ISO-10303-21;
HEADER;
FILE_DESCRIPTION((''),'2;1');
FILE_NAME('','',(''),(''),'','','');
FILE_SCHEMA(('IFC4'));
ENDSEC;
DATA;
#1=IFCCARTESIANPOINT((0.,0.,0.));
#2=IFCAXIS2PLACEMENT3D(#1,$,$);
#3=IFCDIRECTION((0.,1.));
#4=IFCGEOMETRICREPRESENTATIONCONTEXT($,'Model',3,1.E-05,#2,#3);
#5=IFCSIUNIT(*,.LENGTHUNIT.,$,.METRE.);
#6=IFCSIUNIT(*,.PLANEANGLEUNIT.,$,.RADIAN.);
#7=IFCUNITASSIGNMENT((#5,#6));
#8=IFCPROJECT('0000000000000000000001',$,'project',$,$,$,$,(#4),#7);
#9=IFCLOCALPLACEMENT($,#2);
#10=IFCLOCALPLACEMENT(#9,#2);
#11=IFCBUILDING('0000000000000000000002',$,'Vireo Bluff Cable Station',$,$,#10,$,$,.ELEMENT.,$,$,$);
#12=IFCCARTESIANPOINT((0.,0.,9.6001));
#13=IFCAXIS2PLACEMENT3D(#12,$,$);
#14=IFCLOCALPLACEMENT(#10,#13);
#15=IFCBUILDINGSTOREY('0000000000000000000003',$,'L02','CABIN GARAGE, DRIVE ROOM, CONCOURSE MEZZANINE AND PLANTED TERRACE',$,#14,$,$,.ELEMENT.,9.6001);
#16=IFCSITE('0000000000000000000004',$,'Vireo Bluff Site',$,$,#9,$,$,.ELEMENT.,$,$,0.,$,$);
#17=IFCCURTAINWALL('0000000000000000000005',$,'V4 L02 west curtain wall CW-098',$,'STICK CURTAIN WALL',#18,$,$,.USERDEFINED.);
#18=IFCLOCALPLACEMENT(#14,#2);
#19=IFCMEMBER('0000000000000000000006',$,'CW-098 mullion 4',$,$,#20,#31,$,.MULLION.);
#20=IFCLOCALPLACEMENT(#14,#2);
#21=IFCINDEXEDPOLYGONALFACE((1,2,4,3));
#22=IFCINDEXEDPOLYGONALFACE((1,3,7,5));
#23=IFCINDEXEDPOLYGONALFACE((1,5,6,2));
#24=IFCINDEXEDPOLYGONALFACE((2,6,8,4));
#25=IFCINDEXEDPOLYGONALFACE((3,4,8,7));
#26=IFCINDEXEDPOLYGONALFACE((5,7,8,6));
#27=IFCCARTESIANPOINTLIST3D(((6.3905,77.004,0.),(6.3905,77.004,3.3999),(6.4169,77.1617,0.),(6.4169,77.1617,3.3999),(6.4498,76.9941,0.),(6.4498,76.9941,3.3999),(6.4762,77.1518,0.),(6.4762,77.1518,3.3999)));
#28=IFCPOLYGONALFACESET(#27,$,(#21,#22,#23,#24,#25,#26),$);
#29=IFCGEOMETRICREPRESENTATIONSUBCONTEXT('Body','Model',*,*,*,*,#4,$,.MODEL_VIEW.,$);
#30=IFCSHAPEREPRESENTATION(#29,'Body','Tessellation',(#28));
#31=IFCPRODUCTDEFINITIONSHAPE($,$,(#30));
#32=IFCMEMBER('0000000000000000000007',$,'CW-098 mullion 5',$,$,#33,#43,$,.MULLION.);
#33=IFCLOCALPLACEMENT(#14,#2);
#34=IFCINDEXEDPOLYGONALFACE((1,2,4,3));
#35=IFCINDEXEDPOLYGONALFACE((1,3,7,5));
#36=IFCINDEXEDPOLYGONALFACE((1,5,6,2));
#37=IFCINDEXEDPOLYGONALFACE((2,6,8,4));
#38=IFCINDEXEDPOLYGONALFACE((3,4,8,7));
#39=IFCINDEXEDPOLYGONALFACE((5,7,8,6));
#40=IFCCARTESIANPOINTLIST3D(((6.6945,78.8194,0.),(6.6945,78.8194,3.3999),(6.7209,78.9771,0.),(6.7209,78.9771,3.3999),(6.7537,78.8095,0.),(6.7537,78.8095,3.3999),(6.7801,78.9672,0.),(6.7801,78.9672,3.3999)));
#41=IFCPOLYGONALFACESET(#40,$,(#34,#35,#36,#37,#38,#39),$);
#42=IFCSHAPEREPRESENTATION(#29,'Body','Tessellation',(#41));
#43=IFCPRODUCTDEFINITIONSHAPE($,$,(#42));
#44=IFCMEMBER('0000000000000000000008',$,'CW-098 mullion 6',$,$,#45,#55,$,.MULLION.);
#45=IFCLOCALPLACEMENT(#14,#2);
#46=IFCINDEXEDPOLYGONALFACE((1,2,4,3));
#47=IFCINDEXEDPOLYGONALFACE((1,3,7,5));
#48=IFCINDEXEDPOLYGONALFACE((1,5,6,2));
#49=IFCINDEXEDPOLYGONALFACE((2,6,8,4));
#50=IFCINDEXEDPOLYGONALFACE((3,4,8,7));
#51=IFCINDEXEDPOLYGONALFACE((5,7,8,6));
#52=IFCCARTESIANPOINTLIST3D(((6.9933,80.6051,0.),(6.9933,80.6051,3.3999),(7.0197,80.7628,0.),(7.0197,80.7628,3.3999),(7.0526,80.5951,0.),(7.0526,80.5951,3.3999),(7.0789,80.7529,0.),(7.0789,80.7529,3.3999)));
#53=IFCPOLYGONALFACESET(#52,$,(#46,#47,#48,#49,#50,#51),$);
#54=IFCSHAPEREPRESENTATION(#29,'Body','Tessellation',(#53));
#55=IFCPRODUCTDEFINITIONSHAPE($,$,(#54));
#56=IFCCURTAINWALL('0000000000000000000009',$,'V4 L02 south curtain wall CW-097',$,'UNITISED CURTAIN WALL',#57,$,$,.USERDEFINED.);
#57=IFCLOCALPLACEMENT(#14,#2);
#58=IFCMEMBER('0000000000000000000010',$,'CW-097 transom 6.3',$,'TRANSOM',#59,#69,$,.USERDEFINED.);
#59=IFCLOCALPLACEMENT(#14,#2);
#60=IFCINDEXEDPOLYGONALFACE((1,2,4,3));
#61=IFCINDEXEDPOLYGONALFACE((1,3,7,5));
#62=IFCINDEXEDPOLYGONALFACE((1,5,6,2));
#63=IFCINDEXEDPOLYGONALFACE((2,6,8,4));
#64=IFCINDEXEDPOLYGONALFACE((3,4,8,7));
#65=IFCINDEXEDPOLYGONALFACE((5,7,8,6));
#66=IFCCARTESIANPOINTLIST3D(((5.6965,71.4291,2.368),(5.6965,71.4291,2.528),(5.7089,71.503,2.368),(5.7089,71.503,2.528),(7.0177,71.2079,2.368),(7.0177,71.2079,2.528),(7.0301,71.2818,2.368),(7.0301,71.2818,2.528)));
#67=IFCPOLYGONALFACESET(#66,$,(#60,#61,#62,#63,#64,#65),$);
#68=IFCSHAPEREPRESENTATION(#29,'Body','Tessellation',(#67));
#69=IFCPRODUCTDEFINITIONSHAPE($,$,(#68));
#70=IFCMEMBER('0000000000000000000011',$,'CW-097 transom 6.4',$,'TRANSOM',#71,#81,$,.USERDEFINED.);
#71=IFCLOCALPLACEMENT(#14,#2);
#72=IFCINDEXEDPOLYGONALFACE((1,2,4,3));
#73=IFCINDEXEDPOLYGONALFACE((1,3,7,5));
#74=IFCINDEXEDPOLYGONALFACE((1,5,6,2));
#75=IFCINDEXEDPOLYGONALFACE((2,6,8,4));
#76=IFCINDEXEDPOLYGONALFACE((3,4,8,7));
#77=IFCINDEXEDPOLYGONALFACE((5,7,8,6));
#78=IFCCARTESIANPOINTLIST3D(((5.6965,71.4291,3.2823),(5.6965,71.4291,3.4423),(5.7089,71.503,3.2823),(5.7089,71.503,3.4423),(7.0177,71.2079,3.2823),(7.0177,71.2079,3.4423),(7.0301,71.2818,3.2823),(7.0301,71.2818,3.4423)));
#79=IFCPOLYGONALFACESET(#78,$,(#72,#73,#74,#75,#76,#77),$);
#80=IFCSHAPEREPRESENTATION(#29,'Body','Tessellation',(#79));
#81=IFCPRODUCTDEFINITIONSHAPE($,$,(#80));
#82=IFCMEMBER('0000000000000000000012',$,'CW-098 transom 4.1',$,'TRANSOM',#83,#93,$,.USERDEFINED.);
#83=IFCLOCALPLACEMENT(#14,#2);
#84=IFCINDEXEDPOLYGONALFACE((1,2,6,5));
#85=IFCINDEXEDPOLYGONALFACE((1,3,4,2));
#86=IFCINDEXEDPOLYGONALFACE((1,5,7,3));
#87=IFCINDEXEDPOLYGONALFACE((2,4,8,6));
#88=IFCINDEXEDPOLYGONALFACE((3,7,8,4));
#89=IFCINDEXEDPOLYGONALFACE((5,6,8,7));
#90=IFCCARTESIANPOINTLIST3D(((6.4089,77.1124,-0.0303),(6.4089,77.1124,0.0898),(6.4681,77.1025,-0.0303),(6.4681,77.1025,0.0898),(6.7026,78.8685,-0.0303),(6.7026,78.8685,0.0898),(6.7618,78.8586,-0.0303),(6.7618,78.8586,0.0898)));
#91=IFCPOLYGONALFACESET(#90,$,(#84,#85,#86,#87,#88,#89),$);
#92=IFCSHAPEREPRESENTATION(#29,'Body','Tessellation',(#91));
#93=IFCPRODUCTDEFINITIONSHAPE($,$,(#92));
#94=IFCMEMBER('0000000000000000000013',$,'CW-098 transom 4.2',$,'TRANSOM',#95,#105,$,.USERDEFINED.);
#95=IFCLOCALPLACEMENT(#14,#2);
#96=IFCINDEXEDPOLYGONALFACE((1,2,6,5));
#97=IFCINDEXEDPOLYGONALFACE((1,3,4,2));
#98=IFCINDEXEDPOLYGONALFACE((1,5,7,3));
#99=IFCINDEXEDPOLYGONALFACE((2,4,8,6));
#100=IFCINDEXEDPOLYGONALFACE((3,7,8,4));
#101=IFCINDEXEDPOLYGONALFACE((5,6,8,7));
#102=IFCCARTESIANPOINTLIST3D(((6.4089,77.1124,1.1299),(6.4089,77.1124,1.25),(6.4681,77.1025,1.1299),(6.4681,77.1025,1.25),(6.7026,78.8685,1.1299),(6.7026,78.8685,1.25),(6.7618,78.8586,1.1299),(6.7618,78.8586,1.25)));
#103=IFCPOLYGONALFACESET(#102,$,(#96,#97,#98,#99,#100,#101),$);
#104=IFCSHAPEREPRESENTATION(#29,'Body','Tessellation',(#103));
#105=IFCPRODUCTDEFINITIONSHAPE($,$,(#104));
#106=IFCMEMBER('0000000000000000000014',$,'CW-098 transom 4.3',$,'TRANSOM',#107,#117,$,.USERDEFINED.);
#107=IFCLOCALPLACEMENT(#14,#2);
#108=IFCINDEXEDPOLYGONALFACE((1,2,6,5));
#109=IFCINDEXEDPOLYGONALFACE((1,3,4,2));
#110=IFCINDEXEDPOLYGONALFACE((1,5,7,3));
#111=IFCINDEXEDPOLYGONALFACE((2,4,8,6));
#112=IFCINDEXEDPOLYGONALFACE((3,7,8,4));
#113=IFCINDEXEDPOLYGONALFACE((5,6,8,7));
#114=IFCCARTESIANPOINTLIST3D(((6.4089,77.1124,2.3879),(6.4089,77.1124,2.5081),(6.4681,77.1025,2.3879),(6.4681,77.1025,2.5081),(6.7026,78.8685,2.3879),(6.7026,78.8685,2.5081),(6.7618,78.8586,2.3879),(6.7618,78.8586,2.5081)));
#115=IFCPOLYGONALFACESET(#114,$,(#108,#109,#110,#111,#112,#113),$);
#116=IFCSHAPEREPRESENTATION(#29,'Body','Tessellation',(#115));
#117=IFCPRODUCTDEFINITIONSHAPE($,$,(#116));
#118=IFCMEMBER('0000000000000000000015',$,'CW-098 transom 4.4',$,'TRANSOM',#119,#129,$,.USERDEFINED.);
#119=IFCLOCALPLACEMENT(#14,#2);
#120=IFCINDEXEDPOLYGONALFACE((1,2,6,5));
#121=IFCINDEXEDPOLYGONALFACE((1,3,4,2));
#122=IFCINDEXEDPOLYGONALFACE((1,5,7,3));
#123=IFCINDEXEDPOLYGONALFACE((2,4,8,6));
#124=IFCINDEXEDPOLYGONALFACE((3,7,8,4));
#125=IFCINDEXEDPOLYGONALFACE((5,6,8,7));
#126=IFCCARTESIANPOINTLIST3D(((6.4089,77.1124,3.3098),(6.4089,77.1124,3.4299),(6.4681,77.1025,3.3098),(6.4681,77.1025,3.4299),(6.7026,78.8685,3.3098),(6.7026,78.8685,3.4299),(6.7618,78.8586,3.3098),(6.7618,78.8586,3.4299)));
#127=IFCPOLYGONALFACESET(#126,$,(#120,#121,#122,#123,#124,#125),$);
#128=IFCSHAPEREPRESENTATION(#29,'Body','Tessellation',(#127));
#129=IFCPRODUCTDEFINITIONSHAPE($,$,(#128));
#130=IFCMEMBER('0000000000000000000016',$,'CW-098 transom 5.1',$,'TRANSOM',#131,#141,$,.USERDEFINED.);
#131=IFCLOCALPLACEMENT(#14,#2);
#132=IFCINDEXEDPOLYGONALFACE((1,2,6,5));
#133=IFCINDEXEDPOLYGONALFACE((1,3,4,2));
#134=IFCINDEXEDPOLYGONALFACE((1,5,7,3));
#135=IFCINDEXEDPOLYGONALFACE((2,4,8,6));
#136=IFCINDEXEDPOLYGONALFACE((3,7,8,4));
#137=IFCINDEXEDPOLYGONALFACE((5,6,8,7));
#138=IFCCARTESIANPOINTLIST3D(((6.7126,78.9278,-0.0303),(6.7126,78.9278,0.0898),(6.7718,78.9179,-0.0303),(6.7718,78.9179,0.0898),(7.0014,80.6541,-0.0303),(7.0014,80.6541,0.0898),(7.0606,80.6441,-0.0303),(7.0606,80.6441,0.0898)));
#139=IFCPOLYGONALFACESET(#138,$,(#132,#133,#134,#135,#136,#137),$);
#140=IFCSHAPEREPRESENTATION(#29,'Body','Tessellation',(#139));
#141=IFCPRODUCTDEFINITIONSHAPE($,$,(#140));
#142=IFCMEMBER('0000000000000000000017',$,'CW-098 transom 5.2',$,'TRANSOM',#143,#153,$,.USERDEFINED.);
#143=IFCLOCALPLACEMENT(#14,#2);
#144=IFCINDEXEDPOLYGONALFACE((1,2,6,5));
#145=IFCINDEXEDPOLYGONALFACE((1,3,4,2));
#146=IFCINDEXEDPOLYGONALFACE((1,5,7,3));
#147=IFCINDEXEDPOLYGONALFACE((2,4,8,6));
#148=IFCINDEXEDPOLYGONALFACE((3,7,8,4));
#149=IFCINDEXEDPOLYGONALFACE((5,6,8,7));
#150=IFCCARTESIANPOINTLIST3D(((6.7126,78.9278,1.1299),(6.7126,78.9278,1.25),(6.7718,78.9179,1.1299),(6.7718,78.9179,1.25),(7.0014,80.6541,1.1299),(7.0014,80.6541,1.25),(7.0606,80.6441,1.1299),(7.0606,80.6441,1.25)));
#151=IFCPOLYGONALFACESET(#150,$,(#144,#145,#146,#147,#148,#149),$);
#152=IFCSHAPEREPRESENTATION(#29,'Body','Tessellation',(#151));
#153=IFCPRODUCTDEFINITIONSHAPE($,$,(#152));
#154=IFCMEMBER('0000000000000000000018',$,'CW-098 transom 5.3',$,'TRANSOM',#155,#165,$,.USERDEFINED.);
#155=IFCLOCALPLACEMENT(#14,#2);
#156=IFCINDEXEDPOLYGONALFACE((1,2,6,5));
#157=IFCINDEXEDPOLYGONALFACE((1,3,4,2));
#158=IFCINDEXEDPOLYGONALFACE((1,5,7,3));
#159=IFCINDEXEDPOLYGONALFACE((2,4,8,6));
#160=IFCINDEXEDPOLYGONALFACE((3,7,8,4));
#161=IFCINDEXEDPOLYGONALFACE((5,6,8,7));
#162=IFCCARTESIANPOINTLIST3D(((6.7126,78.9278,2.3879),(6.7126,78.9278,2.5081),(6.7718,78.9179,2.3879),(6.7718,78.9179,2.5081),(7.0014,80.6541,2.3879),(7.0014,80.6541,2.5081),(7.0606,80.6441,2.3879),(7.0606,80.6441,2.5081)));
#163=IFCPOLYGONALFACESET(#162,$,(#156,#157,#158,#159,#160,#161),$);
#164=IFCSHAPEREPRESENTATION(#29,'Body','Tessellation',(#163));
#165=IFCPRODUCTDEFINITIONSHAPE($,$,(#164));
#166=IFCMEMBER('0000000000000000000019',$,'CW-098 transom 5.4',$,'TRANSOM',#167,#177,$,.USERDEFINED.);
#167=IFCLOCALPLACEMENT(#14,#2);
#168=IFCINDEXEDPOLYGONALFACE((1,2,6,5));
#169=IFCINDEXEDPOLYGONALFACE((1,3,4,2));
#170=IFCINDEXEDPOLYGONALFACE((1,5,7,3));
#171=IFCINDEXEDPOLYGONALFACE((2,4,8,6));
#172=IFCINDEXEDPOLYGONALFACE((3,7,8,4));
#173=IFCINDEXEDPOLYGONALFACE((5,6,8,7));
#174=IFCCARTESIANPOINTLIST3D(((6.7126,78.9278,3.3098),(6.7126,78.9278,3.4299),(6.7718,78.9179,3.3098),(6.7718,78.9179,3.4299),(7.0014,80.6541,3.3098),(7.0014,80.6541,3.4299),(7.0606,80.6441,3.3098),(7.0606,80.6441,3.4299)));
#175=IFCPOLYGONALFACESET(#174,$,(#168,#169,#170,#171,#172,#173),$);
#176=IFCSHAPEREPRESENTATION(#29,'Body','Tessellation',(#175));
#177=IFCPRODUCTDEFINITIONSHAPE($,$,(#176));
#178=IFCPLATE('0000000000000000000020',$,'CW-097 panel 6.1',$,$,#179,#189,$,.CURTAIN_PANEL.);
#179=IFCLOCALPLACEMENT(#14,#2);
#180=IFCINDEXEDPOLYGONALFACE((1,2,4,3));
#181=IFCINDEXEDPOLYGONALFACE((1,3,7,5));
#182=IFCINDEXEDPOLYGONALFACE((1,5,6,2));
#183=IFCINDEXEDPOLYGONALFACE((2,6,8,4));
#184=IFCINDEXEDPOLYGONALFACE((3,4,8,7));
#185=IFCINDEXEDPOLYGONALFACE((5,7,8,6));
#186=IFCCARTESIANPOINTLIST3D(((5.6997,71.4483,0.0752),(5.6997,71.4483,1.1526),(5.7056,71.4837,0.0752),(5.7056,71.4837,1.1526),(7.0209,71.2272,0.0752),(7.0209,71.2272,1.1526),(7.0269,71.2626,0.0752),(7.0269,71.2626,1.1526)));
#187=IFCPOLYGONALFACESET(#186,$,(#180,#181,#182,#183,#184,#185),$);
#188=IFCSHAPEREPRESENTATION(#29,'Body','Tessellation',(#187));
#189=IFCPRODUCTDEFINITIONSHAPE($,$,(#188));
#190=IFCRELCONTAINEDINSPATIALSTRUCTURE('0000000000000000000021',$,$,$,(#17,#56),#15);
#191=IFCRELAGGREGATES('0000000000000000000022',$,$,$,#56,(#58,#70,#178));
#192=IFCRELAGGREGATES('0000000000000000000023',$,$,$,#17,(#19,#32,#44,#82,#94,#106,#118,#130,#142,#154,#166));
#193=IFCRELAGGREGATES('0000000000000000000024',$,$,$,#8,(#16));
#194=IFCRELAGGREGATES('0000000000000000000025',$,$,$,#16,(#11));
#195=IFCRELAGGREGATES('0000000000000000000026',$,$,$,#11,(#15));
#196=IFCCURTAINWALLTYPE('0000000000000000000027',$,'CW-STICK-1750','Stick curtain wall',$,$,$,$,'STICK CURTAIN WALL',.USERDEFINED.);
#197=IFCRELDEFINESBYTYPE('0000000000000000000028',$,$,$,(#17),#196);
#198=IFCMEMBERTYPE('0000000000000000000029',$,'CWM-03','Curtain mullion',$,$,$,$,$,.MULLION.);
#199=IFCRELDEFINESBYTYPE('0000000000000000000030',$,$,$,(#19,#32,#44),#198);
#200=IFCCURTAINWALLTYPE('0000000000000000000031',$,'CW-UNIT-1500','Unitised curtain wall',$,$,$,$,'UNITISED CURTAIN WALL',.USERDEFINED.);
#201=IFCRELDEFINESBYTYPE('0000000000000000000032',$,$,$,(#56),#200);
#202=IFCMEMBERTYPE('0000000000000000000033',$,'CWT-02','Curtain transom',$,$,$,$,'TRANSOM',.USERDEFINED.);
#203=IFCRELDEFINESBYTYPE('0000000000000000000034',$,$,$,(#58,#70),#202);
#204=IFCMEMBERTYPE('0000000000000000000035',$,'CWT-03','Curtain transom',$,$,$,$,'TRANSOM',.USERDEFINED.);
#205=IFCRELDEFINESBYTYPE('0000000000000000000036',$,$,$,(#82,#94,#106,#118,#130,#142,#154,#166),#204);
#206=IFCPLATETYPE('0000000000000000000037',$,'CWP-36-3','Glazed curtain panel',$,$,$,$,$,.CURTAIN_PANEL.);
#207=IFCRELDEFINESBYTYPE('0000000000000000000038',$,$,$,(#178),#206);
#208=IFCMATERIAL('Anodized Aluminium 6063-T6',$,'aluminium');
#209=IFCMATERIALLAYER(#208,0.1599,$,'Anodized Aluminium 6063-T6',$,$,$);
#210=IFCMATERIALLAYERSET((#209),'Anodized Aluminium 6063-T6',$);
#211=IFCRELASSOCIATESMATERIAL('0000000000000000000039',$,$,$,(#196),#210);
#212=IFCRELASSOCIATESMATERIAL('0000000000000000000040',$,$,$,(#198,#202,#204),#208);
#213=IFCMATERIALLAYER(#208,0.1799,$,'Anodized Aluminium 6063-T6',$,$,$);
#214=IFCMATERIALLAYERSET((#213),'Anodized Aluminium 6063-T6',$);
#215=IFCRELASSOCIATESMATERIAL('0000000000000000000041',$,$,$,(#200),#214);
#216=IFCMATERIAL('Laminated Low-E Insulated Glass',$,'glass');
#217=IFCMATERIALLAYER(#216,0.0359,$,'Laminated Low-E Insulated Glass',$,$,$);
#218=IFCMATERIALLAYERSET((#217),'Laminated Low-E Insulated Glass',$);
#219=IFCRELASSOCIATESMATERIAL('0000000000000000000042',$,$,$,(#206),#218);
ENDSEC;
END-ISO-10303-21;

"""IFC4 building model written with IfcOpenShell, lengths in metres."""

from ifc_helpers import new_model, si_unit, direction, frame, origin, origin_2d, place, context, subcontext, project, spatial, rectangle, extrude, material, layer, layer_set, material_profile, profile_set, type_object, element, aggregate, save


model = new_model("IFC4")

# Units and contexts
model_context = context("Model", 3, precision=1e-05, world=origin(), true_north=direction((0.0, 1.0)))
body_context = subcontext(model_context, "Body", "Model", "MODEL_VIEW")
ifc_project = project(units=[si_unit("LENGTHUNIT", "METRE"), si_unit("PLANEANGLEUNIT", "RADIAN")], contexts=[model_context])

# Site, building, storey
site_placement = place(None, origin())
site = spatial("IfcSite", under=ifc_project, at=site_placement, Name="Vireo Bluff Site", CompositionType="ELEMENT", RefElevation=0.0)
building_placement = place(site_placement, origin())
building = spatial("IfcBuilding", under=site, at=building_placement, Name="Vireo Bluff Cable Station", CompositionType="ELEMENT")
storey_placement = place(building_placement, frame((0.0, 0.0, 9.6001)))
storey = spatial("IfcBuildingStorey", under=building, at=storey_placement, Name="L02", Description="CABIN GARAGE, DRIVE ROOM, CONCOURSE MEZZANINE AND PLANTED TERRACE", CompositionType="ELEMENT", Elevation=9.6001)

# Curtain walls, members
ifc_material_1 = material(Name="Anodized Aluminium 6063-T6", Category="aluminium")
ifc_layer_1 = layer(ifc_material_1, 0.1599, Name="Anodized Aluminium 6063-T6")
ifc_layer_set_1 = layer_set([ifc_layer_1], Name="Anodized Aluminium 6063-T6")
curtain_wall_type_1 = type_object("IfcCurtainWallType", Name="CW-STICK-1750", Description="Stick curtain wall", ElementType="STICK CURTAIN WALL", PredefinedType="USERDEFINED", material=ifc_layer_set_1)
curtain_wall_1_placement = place(storey_placement, origin())
curtain_wall_1 = element("IfcCurtainWall", 1, at=curtain_wall_1_placement, inside=storey, type_object=curtain_wall_type_1, Name="V4 L02 west curtain wall CW-098", ObjectType="STICK CURTAIN WALL", PredefinedType="USERDEFINED")
ifc_material_profile_1 = material_profile(ifc_material_1, rectangle(XDim=0.0601, YDim=0.1599, at=origin_2d()), Name="ALU-M-60X160")
ifc_profile_set_1 = profile_set([ifc_material_profile_1], Name="Anodized Aluminium 6063-T6")
member_type_1 = type_object("IfcMemberType", Name="CWM-03", Description="Curtain mullion", PredefinedType="MULLION", material=ifc_profile_set_1)
member_1_placement = place(storey_placement, frame((6.4333, 77.0779, 0.0), z_axis=(0.0, 0.0, 1.0), x_axis=(-0.986286, 0.165048, 0.0)))
member_1 = element("IfcMember", 2, at=member_1_placement, type_object=member_type_1, Name="CW-098 mullion 4", PredefinedType="MULLION", context=body_context, shape_type="SweptSolid", body=[
    extrude(rectangle(XDim=0.0601, YDim=0.1599, at=origin_2d()), origin(), (0.0, 0.0, 1.0), 3.3999),
])
member_2_placement = place(storey_placement, frame((6.7373, 78.8933, 0.0), z_axis=(0.0, 0.0, 1.0), x_axis=(-0.986286, 0.165048, 0.0)))
member_2 = element("IfcMember", 3, at=member_2_placement, type_object=member_type_1, Name="CW-098 mullion 5", PredefinedType="MULLION", context=body_context, shape_type="SweptSolid", body=[
    extrude(rectangle(XDim=0.0601, YDim=0.1599, at=origin_2d()), origin(), (0.0, 0.0, 1.0), 3.3999),
])
member_3_placement = place(storey_placement, frame((7.0361, 80.679, 0.0), z_axis=(0.0, 0.0, 1.0), x_axis=(-0.986286, 0.165048, 0.0)))
member_3 = element("IfcMember", 4, at=member_3_placement, type_object=member_type_1, Name="CW-098 mullion 6", PredefinedType="MULLION", context=body_context, shape_type="SweptSolid", body=[
    extrude(rectangle(XDim=0.0601, YDim=0.1599, at=origin_2d()), origin(), (0.0, 0.0, 1.0), 3.3999),
])
ifc_layer_2 = layer(ifc_material_1, 0.1799, Name="Anodized Aluminium 6063-T6")
ifc_layer_set_2 = layer_set([ifc_layer_2], Name="Anodized Aluminium 6063-T6")
curtain_wall_type_2 = type_object("IfcCurtainWallType", Name="CW-UNIT-1500", Description="Unitised curtain wall", ElementType="UNITISED CURTAIN WALL", PredefinedType="USERDEFINED", material=ifc_layer_set_2)
curtain_wall_2_placement = place(storey_placement, origin())
curtain_wall_2 = element("IfcCurtainWall", 5, at=curtain_wall_2_placement, inside=storey, type_object=curtain_wall_type_2, Name="V4 L02 south curtain wall CW-097", ObjectType="UNITISED CURTAIN WALL", PredefinedType="USERDEFINED")
ifc_material_profile_2 = material_profile(ifc_material_1, rectangle(XDim=0.075, YDim=0.1599, at=origin_2d()), Name="ALU-T-75X160")
ifc_profile_set_2 = profile_set([ifc_material_profile_2], Name="Anodized Aluminium 6063-T6")
member_type_2 = type_object("IfcMemberType", Name="CWT-02", Description="Curtain transom", ElementType="TRANSOM", PredefinedType="USERDEFINED", material=ifc_profile_set_2)
member_4_placement = place(storey_placement, frame((7.0239, 71.2449, 2.448), z_axis=(-0.986275, 0.165108, 0.0), x_axis=(-0.165108, -0.986275, 0.0)))
member_4 = element("IfcMember", 6, at=member_4_placement, type_object=member_type_2, Name="CW-097 transom 6.3", ObjectType="TRANSOM", PredefinedType="USERDEFINED", context=body_context, shape_type="SweptSolid", body=[
    extrude(rectangle(XDim=0.075, YDim=0.1599, at=origin_2d()), origin(), (0.0, 0.0, 1.0), 1.3396),
])
member_5_placement = place(storey_placement, frame((7.0239, 71.2449, 3.3623), z_axis=(-0.986275, 0.165108, 0.0), x_axis=(-0.165108, -0.986275, 0.0)))
member_5 = element("IfcMember", 7, at=member_5_placement, type_object=member_type_2, Name="CW-097 transom 6.4", ObjectType="TRANSOM", PredefinedType="USERDEFINED", context=body_context, shape_type="SweptSolid", body=[
    extrude(rectangle(XDim=0.075, YDim=0.1599, at=origin_2d()), origin(), (0.0, 0.0, 1.0), 1.3396),
])

# Members
ifc_material_profile_3 = material_profile(ifc_material_1, rectangle(XDim=0.0601, YDim=0.1201, at=origin_2d()), Name="ALU-T-60X120")
ifc_profile_set_3 = profile_set([ifc_material_profile_3], Name="Anodized Aluminium 6063-T6")
member_type_3 = type_object("IfcMemberType", Name="CWT-03", Description="Curtain transom", ElementType="TRANSOM", PredefinedType="USERDEFINED", material=ifc_profile_set_3)
member_6_placement = place(storey_placement, frame((6.4385, 77.1074, 0.0298), z_axis=(0.164955, 0.986301, 0.0), x_axis=(-0.986301, 0.164955, 0.0)))
member_6 = element("IfcMember", 8, at=member_6_placement, type_object=member_type_3, Name="CW-098 transom 4.1", ObjectType="TRANSOM", PredefinedType="USERDEFINED", context=body_context, shape_type="SweptSolid", body=[
    extrude(rectangle(XDim=0.0601, YDim=0.1201, at=origin_2d()), origin(), (0.0, 0.0, 1.0), 1.7805),
])
member_7_placement = place(storey_placement, frame((6.4385, 77.1074, 1.1899), z_axis=(0.164955, 0.986301, 0.0), x_axis=(-0.986301, 0.164955, 0.0)))
member_7 = element("IfcMember", 9, at=member_7_placement, type_object=member_type_3, Name="CW-098 transom 4.2", ObjectType="TRANSOM", PredefinedType="USERDEFINED", context=body_context, shape_type="SweptSolid", body=[
    extrude(rectangle(XDim=0.0601, YDim=0.1201, at=origin_2d()), origin(), (0.0, 0.0, 1.0), 1.7805),
])
member_8_placement = place(storey_placement, frame((6.4385, 77.1074, 2.448), z_axis=(0.164955, 0.986301, 0.0), x_axis=(-0.986301, 0.164955, 0.0)))
member_8 = element("IfcMember", 10, at=member_8_placement, type_object=member_type_3, Name="CW-098 transom 4.3", ObjectType="TRANSOM", PredefinedType="USERDEFINED", context=body_context, shape_type="SweptSolid", body=[
    extrude(rectangle(XDim=0.0601, YDim=0.1201, at=origin_2d()), origin(), (0.0, 0.0, 1.0), 1.7805),
])
member_9_placement = place(storey_placement, frame((6.4385, 77.1074, 3.3699), z_axis=(0.164955, 0.986301, 0.0), x_axis=(-0.986301, 0.164955, 0.0)))
member_9 = element("IfcMember", 11, at=member_9_placement, type_object=member_type_3, Name="CW-098 transom 4.4", ObjectType="TRANSOM", PredefinedType="USERDEFINED", context=body_context, shape_type="SweptSolid", body=[
    extrude(rectangle(XDim=0.0601, YDim=0.1201, at=origin_2d()), origin(), (0.0, 0.0, 1.0), 1.7805),
])
member_10_placement = place(storey_placement, frame((6.7422, 78.9229, 0.0298), z_axis=(0.16501, 0.986292, 0.0), x_axis=(-0.986292, 0.16501, 0.0)))
member_10 = element("IfcMember", 12, at=member_10_placement, type_object=member_type_3, Name="CW-098 transom 5.1", ObjectType="TRANSOM", PredefinedType="USERDEFINED", context=body_context, shape_type="SweptSolid", body=[
    extrude(rectangle(XDim=0.0601, YDim=0.1201, at=origin_2d()), origin(), (0.0, 0.0, 1.0), 1.7502),
])
member_11_placement = place(storey_placement, frame((6.7422, 78.9229, 1.1899), z_axis=(0.16501, 0.986292, 0.0), x_axis=(-0.986292, 0.16501, 0.0)))
member_11 = element("IfcMember", 13, at=member_11_placement, type_object=member_type_3, Name="CW-098 transom 5.2", ObjectType="TRANSOM", PredefinedType="USERDEFINED", context=body_context, shape_type="SweptSolid", body=[
    extrude(rectangle(XDim=0.0601, YDim=0.1201, at=origin_2d()), origin(), (0.0, 0.0, 1.0), 1.7502),
])
member_12_placement = place(storey_placement, frame((6.7422, 78.9229, 2.448), z_axis=(0.16501, 0.986292, 0.0), x_axis=(-0.986292, 0.16501, 0.0)))
member_12 = element("IfcMember", 14, at=member_12_placement, type_object=member_type_3, Name="CW-098 transom 5.3", ObjectType="TRANSOM", PredefinedType="USERDEFINED", context=body_context, shape_type="SweptSolid", body=[
    extrude(rectangle(XDim=0.0601, YDim=0.1201, at=origin_2d()), origin(), (0.0, 0.0, 1.0), 1.7502),
])
member_13_placement = place(storey_placement, frame((6.7422, 78.9229, 3.3699), z_axis=(0.16501, 0.986292, 0.0), x_axis=(-0.986292, 0.16501, 0.0)))
member_13 = element("IfcMember", 15, at=member_13_placement, type_object=member_type_3, Name="CW-098 transom 5.4", ObjectType="TRANSOM", PredefinedType="USERDEFINED", context=body_context, shape_type="SweptSolid", body=[
    extrude(rectangle(XDim=0.0601, YDim=0.1201, at=origin_2d()), origin(), (0.0, 0.0, 1.0), 1.7502),
])

# Plate
ifc_material_2 = material(Name="Laminated Low-E Insulated Glass", Category="glass")
ifc_layer_3 = layer(ifc_material_2, 0.0359, Name="Laminated Low-E Insulated Glass")
ifc_layer_set_3 = layer_set([ifc_layer_3], Name="Laminated Low-E Insulated Glass")
plate_type_1 = type_object("IfcPlateType", Name="CWP-36-3", Description="Glazed curtain panel", PredefinedType="CURTAIN_PANEL", material=ifc_layer_set_3)
plate_1_placement = place(storey_placement, frame((6.3633, 71.3555, 0.0752), z_axis=(0.0, 0.0, 1.0), x_axis=(-0.986286, 0.165048, 0.0)))
plate_1 = element("IfcPlate", 16, at=plate_1_placement, type_object=plate_type_1, Name="CW-097 panel 6.1", PredefinedType="CURTAIN_PANEL", context=body_context, shape_type="SweptSolid", body=[
    extrude(rectangle(XDim=1.3396, YDim=0.0359, at=origin_2d()), origin(), (0.0, 0.0, 1.0), 1.0774),
])
aggregate(curtain_wall_2, [member_4, member_5, plate_1])
aggregate(curtain_wall_1, [member_1, member_2, member_3, member_6, member_7, member_8, member_9, member_10, member_11, member_12, member_13])

save(model, "model.ifc")
